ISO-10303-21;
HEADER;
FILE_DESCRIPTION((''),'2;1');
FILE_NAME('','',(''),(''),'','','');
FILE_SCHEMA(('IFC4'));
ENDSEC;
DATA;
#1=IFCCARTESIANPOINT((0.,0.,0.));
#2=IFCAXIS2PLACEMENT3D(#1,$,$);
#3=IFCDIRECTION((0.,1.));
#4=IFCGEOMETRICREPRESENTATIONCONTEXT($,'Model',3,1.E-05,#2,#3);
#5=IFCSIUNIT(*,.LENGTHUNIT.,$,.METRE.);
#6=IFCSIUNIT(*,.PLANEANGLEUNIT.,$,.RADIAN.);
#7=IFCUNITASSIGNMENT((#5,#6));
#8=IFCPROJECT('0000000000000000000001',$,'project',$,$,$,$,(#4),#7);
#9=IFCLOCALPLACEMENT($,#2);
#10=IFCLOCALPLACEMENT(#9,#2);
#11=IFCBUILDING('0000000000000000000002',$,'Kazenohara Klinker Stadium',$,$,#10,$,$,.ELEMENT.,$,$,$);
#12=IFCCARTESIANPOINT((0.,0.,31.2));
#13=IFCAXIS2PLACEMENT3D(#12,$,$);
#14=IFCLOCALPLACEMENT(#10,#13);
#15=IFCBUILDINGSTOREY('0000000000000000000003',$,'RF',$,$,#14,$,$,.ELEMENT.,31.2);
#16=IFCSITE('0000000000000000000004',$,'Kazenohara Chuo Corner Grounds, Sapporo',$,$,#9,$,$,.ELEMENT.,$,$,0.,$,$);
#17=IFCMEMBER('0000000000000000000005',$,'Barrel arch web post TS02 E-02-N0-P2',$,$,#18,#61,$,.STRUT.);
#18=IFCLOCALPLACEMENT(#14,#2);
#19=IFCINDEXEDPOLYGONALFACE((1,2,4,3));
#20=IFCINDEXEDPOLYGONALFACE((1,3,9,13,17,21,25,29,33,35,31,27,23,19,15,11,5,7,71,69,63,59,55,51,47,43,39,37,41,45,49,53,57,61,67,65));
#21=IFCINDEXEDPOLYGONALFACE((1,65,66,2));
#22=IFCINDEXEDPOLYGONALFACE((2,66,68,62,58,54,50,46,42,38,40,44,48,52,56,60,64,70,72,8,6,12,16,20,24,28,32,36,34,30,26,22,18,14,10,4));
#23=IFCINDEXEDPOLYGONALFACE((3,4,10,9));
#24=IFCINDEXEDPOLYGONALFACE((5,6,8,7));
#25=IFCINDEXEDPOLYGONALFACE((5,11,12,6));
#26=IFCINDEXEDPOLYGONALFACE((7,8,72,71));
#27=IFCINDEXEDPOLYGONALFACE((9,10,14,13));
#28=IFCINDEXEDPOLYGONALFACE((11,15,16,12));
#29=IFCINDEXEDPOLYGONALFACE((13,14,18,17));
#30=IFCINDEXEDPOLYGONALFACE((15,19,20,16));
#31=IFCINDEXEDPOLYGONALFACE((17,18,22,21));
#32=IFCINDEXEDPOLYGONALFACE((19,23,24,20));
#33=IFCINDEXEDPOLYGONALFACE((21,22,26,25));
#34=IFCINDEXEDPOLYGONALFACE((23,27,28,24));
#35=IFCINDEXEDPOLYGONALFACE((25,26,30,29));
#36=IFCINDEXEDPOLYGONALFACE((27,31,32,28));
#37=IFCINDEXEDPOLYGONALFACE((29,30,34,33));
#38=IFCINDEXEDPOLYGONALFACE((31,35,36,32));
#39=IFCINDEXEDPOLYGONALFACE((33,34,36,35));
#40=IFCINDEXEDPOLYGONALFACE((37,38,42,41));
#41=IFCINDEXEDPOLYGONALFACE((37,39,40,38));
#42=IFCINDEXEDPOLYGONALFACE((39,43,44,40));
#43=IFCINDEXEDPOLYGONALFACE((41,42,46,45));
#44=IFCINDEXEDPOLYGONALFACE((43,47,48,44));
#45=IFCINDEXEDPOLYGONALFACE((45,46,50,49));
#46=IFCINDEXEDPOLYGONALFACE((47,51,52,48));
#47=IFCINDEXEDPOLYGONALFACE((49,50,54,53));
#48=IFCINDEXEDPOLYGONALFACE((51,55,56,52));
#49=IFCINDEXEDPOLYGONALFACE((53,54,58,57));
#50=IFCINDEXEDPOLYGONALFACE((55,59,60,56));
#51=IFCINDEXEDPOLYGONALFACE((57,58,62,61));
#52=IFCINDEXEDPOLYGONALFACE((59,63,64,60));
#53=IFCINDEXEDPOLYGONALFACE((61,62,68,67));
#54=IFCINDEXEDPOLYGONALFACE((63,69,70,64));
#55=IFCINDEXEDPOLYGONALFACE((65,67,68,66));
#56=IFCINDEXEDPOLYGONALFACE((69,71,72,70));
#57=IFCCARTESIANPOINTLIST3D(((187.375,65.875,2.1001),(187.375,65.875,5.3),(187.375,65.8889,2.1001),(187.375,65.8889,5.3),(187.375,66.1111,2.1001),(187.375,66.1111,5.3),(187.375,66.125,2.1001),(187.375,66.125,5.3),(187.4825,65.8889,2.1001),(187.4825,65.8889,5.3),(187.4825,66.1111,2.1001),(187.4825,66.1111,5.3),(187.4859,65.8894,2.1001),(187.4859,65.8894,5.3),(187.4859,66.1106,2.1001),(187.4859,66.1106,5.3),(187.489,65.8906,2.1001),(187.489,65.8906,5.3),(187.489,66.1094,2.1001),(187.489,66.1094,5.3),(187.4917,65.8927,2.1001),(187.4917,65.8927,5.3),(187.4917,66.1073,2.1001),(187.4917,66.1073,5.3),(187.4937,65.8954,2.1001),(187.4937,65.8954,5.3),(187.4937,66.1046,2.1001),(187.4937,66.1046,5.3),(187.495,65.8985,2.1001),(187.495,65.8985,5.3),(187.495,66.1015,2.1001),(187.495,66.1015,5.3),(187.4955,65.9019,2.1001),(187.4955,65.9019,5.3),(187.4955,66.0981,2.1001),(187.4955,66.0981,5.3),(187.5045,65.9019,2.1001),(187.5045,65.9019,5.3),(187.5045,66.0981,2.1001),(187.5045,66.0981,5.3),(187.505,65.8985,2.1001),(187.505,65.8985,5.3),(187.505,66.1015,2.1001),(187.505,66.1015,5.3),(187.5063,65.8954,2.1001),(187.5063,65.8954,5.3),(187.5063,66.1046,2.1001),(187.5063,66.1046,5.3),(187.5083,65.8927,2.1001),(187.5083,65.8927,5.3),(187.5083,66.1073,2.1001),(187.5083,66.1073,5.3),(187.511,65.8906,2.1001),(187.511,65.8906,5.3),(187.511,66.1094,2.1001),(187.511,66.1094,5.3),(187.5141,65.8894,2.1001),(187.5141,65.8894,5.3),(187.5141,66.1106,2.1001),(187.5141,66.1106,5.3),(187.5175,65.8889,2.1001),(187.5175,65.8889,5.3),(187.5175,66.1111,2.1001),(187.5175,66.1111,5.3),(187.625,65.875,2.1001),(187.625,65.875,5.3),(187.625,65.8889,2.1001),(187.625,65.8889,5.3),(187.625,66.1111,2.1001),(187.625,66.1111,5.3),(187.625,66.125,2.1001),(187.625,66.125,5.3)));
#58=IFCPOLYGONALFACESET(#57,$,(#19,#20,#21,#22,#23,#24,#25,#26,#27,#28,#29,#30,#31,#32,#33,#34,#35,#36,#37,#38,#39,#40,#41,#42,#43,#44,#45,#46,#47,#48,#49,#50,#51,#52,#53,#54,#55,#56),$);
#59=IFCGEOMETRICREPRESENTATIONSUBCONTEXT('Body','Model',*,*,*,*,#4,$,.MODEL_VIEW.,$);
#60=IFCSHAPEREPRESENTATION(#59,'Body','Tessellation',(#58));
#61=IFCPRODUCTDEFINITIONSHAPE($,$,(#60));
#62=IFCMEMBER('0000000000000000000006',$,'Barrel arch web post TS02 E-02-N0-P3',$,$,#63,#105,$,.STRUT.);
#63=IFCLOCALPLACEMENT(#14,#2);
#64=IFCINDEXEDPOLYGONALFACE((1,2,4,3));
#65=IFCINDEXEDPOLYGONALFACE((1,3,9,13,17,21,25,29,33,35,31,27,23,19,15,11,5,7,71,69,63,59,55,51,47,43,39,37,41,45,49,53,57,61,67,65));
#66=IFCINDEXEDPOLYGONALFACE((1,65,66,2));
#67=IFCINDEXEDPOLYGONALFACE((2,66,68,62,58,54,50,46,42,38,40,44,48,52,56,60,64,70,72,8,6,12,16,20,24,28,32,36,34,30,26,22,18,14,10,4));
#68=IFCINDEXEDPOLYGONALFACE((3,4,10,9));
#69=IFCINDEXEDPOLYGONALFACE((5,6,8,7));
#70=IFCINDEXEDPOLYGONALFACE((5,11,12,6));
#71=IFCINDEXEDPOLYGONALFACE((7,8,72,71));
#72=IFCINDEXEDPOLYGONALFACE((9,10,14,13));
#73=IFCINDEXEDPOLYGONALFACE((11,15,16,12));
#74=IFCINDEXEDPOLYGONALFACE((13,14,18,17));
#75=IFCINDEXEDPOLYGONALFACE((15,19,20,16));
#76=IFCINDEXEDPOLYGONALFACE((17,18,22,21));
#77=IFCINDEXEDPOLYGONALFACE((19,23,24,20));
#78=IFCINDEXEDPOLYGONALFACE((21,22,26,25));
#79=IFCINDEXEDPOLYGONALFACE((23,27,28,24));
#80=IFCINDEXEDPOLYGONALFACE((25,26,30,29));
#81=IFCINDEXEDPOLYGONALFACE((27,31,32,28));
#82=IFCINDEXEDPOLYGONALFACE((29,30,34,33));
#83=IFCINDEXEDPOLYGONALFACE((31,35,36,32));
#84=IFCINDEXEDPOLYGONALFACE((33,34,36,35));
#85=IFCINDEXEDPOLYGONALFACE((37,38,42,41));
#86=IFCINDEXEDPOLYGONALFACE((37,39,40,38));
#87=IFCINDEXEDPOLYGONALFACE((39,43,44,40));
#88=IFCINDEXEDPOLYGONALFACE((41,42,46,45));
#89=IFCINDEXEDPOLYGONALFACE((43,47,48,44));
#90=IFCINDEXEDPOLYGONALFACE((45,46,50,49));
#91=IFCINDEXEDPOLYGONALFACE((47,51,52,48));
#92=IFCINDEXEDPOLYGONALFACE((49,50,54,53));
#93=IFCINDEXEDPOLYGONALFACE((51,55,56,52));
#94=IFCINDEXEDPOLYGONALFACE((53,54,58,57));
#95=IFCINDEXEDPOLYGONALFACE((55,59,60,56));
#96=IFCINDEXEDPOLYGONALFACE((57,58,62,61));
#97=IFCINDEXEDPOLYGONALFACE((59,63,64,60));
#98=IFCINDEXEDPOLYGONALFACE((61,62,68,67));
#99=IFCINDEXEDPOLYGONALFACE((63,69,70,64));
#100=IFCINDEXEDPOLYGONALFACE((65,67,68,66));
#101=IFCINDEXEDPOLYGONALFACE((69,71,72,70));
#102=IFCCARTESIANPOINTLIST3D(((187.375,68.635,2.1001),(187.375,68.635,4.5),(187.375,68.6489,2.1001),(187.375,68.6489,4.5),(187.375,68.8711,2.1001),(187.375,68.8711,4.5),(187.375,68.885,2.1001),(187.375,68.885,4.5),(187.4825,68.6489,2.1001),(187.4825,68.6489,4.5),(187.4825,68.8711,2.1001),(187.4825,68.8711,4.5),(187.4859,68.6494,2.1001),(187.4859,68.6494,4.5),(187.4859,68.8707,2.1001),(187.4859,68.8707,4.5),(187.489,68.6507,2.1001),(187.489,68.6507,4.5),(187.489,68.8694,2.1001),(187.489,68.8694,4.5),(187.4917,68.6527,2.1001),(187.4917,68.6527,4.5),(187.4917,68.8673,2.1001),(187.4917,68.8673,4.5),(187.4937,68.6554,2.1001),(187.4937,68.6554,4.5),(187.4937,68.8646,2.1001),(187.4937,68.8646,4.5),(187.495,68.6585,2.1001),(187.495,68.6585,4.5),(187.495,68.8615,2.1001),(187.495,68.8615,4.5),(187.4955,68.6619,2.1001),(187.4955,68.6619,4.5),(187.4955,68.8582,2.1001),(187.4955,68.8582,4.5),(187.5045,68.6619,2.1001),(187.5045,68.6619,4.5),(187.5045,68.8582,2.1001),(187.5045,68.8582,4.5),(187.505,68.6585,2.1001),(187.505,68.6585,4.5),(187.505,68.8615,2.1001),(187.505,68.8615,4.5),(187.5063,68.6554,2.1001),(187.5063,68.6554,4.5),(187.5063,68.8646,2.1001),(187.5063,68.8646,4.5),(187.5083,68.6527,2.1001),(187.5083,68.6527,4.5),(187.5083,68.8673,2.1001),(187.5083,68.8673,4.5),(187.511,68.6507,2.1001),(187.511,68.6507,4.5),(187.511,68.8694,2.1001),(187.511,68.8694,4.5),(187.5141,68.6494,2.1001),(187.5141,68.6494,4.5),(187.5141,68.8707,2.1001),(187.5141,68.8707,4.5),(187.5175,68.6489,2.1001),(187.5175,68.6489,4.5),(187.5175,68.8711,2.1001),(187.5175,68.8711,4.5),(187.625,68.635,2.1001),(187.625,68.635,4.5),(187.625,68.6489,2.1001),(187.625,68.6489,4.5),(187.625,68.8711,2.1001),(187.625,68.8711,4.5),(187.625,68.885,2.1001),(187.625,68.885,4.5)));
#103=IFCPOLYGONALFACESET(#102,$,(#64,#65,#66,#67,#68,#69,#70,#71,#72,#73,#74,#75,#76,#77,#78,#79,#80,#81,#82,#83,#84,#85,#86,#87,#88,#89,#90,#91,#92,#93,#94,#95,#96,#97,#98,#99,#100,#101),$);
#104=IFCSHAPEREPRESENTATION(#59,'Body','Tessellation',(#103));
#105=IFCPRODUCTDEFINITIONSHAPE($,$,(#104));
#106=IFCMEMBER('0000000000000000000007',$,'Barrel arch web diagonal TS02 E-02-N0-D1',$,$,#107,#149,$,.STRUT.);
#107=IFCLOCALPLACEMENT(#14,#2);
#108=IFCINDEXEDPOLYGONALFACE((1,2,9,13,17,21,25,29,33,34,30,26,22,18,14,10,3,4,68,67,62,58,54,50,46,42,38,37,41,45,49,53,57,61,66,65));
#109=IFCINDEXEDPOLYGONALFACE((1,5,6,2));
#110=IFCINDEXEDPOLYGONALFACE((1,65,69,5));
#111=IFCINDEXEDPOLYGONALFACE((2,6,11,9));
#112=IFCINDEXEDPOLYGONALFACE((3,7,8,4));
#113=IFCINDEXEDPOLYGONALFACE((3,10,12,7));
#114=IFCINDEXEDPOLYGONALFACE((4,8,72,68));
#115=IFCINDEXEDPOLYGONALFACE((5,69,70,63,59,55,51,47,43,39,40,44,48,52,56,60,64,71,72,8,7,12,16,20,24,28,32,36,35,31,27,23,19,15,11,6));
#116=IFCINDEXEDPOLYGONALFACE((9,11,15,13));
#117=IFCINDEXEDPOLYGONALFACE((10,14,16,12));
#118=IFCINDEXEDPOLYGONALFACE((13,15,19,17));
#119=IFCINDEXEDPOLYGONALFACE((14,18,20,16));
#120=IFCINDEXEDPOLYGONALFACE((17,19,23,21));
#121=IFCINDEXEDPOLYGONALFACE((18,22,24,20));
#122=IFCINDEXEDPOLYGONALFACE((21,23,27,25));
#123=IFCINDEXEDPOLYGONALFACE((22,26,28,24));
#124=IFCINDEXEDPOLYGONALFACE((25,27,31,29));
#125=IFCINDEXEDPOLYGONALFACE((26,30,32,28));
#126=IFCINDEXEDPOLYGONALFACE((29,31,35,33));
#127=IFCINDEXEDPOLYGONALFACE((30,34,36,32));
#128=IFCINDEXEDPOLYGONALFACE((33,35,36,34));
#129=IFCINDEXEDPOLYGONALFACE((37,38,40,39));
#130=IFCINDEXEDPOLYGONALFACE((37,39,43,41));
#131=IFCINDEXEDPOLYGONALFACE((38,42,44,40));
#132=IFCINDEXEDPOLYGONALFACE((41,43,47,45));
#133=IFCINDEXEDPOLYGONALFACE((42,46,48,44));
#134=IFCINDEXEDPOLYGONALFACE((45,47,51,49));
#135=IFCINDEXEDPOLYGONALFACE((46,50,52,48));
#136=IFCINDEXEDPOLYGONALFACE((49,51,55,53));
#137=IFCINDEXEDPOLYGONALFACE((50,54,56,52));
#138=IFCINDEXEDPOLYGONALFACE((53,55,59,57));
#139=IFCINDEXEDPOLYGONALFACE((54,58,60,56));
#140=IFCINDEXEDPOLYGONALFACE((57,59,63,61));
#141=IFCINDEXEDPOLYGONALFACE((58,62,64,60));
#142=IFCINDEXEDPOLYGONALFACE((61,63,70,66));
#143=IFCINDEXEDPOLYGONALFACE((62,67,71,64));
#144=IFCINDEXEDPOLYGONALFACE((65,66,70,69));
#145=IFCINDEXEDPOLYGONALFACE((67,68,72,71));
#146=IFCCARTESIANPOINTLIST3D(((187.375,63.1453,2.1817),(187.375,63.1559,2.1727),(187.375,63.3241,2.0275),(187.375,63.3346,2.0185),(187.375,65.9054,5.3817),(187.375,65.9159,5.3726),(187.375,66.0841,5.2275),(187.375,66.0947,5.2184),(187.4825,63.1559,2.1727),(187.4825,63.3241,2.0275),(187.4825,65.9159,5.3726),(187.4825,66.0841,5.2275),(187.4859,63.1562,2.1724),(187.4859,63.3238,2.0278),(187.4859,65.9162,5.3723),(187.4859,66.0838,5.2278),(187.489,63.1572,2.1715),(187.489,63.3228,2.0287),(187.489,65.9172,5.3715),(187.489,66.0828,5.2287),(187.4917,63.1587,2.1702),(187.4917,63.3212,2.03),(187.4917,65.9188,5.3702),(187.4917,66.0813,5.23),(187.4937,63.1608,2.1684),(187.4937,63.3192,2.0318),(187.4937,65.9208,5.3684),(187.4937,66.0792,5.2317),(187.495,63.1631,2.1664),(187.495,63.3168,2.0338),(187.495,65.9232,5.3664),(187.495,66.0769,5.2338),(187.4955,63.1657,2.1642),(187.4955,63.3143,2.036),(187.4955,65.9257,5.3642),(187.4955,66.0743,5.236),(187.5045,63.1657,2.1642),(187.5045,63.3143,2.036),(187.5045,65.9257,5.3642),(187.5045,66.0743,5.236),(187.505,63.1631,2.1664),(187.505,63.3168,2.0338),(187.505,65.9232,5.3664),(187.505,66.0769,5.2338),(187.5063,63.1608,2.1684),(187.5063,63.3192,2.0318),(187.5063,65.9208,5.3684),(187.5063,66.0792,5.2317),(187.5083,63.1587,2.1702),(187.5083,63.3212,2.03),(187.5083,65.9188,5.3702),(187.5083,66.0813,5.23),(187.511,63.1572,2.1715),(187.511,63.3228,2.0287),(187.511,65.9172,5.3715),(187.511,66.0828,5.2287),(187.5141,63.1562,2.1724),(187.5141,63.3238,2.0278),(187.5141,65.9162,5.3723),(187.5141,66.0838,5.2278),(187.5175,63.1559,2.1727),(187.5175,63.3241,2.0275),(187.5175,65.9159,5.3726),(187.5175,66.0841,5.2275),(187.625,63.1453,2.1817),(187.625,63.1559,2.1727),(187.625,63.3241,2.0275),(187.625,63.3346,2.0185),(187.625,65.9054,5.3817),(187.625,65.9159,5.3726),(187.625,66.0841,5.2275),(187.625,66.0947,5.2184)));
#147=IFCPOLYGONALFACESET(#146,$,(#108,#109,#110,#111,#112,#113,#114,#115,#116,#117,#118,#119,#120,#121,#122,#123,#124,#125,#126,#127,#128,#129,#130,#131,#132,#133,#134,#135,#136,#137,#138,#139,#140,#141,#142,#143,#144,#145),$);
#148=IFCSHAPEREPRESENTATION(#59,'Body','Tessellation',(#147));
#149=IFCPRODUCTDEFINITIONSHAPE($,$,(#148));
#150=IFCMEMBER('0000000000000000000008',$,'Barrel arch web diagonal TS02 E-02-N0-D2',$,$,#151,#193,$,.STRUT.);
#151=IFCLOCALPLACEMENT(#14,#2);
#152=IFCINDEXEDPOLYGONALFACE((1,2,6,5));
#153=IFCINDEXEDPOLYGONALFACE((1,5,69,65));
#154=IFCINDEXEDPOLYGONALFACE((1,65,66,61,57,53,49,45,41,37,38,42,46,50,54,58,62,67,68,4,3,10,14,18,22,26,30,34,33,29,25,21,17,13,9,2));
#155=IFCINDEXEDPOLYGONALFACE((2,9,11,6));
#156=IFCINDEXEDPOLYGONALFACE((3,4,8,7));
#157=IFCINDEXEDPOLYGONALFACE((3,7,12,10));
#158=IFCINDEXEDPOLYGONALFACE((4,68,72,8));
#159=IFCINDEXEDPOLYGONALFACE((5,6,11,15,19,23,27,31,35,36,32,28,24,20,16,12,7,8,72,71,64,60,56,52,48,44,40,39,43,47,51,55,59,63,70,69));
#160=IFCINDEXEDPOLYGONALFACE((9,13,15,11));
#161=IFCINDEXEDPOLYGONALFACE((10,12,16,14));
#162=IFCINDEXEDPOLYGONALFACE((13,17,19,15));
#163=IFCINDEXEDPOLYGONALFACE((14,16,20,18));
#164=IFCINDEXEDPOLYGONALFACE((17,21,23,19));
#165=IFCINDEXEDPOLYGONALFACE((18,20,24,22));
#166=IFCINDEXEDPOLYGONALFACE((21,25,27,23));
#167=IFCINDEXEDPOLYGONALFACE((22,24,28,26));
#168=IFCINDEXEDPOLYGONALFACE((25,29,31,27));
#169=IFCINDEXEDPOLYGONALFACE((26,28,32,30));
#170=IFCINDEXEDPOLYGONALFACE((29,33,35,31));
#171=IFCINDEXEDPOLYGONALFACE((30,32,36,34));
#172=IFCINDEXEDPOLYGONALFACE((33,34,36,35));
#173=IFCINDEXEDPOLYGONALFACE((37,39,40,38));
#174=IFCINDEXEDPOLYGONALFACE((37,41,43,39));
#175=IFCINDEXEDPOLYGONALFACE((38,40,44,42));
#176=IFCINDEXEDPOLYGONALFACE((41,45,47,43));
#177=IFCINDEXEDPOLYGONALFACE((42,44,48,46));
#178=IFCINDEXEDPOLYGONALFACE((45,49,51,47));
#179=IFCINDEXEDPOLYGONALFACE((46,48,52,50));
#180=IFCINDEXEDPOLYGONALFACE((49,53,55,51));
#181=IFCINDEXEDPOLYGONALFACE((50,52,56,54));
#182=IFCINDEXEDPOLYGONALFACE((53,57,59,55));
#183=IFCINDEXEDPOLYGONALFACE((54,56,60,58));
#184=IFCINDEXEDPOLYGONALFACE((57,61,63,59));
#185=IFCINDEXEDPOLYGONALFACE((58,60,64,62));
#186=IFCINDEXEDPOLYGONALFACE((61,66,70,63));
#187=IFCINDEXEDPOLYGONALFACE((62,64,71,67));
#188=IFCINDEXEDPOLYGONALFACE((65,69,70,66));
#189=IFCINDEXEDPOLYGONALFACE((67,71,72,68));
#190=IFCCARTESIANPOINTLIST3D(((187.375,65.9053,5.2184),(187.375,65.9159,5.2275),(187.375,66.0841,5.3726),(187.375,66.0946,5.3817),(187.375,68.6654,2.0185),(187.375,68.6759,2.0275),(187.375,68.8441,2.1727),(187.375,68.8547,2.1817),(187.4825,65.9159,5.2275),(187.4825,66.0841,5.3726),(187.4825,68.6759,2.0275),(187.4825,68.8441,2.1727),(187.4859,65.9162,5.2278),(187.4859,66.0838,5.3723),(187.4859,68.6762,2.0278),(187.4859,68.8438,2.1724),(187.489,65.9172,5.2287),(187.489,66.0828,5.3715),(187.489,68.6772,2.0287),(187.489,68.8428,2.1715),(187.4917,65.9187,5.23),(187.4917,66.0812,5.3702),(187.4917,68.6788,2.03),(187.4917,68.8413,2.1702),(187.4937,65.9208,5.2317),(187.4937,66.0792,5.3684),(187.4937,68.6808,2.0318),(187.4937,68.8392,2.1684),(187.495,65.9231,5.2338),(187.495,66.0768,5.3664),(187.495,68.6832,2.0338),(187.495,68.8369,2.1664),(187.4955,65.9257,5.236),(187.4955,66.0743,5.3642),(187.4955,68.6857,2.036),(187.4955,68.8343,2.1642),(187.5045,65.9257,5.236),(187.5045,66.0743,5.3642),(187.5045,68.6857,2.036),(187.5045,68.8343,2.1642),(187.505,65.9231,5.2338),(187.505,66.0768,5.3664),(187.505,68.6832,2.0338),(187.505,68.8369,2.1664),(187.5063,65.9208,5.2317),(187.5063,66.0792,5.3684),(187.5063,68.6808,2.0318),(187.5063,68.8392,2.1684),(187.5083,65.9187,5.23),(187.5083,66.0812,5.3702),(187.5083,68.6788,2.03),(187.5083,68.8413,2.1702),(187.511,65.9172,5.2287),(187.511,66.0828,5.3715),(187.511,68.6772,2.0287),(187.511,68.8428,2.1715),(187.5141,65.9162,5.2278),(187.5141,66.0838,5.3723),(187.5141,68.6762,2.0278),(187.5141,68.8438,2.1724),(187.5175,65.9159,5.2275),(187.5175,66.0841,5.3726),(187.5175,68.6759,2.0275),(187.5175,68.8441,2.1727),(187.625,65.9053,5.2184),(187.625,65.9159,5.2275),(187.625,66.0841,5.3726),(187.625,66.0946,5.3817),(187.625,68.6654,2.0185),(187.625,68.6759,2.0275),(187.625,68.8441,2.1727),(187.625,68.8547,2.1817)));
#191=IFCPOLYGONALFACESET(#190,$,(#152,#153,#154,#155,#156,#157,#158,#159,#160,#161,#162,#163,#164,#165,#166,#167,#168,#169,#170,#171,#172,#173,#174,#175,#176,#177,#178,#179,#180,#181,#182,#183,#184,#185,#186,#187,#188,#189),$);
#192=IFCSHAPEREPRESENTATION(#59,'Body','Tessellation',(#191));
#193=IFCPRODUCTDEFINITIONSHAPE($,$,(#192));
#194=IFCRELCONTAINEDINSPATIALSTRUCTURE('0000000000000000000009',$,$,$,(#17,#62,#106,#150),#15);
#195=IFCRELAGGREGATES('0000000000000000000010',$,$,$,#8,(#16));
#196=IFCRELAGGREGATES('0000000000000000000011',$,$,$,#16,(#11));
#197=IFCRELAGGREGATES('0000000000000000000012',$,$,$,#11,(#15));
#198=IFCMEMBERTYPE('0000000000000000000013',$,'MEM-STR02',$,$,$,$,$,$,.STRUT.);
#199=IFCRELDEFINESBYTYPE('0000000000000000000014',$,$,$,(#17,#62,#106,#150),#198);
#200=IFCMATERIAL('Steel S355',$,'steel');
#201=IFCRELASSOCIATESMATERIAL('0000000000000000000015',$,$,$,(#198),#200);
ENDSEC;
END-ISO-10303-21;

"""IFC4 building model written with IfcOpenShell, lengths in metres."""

from ifc_helpers import new_model, si_unit, direction, frame, origin, origin_2d, place, context, subcontext, project, spatial, i_section, extrude, material, material_profile, profile_set, type_object, element, save


model = new_model("IFC4")

# Units and contexts
model_context = context("Model", 3, precision=1e-05, world=origin(), true_north=direction((0.0, 1.0)))
body_context = subcontext(model_context, "Body", "Model", "MODEL_VIEW")
ifc_project = project(units=[si_unit("LENGTHUNIT", "METRE"), si_unit("PLANEANGLEUNIT", "RADIAN")], contexts=[model_context])

# Site, building, storey
site_placement = place(None, origin())
site = spatial("IfcSite", under=ifc_project, at=site_placement, Name="Kazenohara Chuo Corner Grounds, Sapporo", CompositionType="ELEMENT", RefElevation=0.0)
building_placement = place(site_placement, origin())
building = spatial("IfcBuilding", under=site, at=building_placement, Name="Kazenohara Klinker Stadium", CompositionType="ELEMENT")
storey_placement = place(building_placement, frame((0.0, 0.0, 31.2)))
storey = spatial("IfcBuildingStorey", under=building, at=storey_placement, Name="RF", CompositionType="ELEMENT", Elevation=31.2)

# Members
ifc_material_1 = material(Name="Steel S355", Category="steel")
ifc_material_profile_1 = material_profile(ifc_material_1, i_section(OverallWidth=0.25, OverallDepth=0.25, WebThickness=0.009, FlangeThickness=0.0139, FilletRadius=0.0129, at=origin_2d()), Name="H-250x250x9x14")
ifc_profile_set_1 = profile_set([ifc_material_profile_1], Name="Steel S355")
member_type_1 = type_object("IfcMemberType", Name="MEM-STR02", PredefinedType="STRUT", material=ifc_profile_set_1)
member_1_placement = place(storey_placement, frame((187.5, 66.0, 2.1001), z_axis=(0.0, 0.0, 1.0), x_axis=(1.0, 0.0, 0.0)))
element("IfcMember", 1, at=member_1_placement, inside=storey, type_object=member_type_1, Name="Barrel arch web post TS02 E-02-N0-P2", PredefinedType="STRUT", context=body_context, shape_type="SweptSolid", body=[
    extrude(i_section(OverallWidth=0.25, OverallDepth=0.25, WebThickness=0.009, FlangeThickness=0.0139, FilletRadius=0.0129, at=origin_2d()), origin(), (0.0, 0.0, 1.0), 3.2),
])
member_2_placement = place(storey_placement, frame((187.5, 68.76, 2.1001), z_axis=(0.0, 0.0, 1.0), x_axis=(1.0, 0.0, 0.0)))
element("IfcMember", 2, at=member_2_placement, inside=storey, type_object=member_type_1, Name="Barrel arch web post TS02 E-02-N0-P3", PredefinedType="STRUT", context=body_context, shape_type="SweptSolid", body=[
    extrude(i_section(OverallWidth=0.25, OverallDepth=0.25, WebThickness=0.009, FlangeThickness=0.0139, FilletRadius=0.0129, at=origin_2d()), origin(), (0.0, 0.0, 1.0), 2.3999),
])
for number, where, z_axis, x_axis, name in (
    (3, (187.5, 63.24, 2.1001), (0.0, 0.653134, 0.757242), (-1.0, 0.0, 0.0), "Barrel arch web diagonal TS02 E-02-N0-D1"),
    (4, (187.5, 68.76, 2.1001), (0.0, -0.653134, 0.757242), (1.0, 0.0, 0.0), "Barrel arch web diagonal TS02 E-02-N0-D2"),
):
    element("IfcMember", number, at=place(storey_placement, frame(where, z_axis=z_axis, x_axis=x_axis)), inside=storey, type_object=member_type_1, Name=name, PredefinedType="STRUT", context=body_context, shape_type="SweptSolid", body=[
        extrude(i_section(OverallWidth=0.25, OverallDepth=0.25, WebThickness=0.009, FlangeThickness=0.0139, FilletRadius=0.0129, at=origin_2d()), origin(), (0.0, 0.0, 1.0), 4.2258),
    ])

save(model, "model.ifc")
